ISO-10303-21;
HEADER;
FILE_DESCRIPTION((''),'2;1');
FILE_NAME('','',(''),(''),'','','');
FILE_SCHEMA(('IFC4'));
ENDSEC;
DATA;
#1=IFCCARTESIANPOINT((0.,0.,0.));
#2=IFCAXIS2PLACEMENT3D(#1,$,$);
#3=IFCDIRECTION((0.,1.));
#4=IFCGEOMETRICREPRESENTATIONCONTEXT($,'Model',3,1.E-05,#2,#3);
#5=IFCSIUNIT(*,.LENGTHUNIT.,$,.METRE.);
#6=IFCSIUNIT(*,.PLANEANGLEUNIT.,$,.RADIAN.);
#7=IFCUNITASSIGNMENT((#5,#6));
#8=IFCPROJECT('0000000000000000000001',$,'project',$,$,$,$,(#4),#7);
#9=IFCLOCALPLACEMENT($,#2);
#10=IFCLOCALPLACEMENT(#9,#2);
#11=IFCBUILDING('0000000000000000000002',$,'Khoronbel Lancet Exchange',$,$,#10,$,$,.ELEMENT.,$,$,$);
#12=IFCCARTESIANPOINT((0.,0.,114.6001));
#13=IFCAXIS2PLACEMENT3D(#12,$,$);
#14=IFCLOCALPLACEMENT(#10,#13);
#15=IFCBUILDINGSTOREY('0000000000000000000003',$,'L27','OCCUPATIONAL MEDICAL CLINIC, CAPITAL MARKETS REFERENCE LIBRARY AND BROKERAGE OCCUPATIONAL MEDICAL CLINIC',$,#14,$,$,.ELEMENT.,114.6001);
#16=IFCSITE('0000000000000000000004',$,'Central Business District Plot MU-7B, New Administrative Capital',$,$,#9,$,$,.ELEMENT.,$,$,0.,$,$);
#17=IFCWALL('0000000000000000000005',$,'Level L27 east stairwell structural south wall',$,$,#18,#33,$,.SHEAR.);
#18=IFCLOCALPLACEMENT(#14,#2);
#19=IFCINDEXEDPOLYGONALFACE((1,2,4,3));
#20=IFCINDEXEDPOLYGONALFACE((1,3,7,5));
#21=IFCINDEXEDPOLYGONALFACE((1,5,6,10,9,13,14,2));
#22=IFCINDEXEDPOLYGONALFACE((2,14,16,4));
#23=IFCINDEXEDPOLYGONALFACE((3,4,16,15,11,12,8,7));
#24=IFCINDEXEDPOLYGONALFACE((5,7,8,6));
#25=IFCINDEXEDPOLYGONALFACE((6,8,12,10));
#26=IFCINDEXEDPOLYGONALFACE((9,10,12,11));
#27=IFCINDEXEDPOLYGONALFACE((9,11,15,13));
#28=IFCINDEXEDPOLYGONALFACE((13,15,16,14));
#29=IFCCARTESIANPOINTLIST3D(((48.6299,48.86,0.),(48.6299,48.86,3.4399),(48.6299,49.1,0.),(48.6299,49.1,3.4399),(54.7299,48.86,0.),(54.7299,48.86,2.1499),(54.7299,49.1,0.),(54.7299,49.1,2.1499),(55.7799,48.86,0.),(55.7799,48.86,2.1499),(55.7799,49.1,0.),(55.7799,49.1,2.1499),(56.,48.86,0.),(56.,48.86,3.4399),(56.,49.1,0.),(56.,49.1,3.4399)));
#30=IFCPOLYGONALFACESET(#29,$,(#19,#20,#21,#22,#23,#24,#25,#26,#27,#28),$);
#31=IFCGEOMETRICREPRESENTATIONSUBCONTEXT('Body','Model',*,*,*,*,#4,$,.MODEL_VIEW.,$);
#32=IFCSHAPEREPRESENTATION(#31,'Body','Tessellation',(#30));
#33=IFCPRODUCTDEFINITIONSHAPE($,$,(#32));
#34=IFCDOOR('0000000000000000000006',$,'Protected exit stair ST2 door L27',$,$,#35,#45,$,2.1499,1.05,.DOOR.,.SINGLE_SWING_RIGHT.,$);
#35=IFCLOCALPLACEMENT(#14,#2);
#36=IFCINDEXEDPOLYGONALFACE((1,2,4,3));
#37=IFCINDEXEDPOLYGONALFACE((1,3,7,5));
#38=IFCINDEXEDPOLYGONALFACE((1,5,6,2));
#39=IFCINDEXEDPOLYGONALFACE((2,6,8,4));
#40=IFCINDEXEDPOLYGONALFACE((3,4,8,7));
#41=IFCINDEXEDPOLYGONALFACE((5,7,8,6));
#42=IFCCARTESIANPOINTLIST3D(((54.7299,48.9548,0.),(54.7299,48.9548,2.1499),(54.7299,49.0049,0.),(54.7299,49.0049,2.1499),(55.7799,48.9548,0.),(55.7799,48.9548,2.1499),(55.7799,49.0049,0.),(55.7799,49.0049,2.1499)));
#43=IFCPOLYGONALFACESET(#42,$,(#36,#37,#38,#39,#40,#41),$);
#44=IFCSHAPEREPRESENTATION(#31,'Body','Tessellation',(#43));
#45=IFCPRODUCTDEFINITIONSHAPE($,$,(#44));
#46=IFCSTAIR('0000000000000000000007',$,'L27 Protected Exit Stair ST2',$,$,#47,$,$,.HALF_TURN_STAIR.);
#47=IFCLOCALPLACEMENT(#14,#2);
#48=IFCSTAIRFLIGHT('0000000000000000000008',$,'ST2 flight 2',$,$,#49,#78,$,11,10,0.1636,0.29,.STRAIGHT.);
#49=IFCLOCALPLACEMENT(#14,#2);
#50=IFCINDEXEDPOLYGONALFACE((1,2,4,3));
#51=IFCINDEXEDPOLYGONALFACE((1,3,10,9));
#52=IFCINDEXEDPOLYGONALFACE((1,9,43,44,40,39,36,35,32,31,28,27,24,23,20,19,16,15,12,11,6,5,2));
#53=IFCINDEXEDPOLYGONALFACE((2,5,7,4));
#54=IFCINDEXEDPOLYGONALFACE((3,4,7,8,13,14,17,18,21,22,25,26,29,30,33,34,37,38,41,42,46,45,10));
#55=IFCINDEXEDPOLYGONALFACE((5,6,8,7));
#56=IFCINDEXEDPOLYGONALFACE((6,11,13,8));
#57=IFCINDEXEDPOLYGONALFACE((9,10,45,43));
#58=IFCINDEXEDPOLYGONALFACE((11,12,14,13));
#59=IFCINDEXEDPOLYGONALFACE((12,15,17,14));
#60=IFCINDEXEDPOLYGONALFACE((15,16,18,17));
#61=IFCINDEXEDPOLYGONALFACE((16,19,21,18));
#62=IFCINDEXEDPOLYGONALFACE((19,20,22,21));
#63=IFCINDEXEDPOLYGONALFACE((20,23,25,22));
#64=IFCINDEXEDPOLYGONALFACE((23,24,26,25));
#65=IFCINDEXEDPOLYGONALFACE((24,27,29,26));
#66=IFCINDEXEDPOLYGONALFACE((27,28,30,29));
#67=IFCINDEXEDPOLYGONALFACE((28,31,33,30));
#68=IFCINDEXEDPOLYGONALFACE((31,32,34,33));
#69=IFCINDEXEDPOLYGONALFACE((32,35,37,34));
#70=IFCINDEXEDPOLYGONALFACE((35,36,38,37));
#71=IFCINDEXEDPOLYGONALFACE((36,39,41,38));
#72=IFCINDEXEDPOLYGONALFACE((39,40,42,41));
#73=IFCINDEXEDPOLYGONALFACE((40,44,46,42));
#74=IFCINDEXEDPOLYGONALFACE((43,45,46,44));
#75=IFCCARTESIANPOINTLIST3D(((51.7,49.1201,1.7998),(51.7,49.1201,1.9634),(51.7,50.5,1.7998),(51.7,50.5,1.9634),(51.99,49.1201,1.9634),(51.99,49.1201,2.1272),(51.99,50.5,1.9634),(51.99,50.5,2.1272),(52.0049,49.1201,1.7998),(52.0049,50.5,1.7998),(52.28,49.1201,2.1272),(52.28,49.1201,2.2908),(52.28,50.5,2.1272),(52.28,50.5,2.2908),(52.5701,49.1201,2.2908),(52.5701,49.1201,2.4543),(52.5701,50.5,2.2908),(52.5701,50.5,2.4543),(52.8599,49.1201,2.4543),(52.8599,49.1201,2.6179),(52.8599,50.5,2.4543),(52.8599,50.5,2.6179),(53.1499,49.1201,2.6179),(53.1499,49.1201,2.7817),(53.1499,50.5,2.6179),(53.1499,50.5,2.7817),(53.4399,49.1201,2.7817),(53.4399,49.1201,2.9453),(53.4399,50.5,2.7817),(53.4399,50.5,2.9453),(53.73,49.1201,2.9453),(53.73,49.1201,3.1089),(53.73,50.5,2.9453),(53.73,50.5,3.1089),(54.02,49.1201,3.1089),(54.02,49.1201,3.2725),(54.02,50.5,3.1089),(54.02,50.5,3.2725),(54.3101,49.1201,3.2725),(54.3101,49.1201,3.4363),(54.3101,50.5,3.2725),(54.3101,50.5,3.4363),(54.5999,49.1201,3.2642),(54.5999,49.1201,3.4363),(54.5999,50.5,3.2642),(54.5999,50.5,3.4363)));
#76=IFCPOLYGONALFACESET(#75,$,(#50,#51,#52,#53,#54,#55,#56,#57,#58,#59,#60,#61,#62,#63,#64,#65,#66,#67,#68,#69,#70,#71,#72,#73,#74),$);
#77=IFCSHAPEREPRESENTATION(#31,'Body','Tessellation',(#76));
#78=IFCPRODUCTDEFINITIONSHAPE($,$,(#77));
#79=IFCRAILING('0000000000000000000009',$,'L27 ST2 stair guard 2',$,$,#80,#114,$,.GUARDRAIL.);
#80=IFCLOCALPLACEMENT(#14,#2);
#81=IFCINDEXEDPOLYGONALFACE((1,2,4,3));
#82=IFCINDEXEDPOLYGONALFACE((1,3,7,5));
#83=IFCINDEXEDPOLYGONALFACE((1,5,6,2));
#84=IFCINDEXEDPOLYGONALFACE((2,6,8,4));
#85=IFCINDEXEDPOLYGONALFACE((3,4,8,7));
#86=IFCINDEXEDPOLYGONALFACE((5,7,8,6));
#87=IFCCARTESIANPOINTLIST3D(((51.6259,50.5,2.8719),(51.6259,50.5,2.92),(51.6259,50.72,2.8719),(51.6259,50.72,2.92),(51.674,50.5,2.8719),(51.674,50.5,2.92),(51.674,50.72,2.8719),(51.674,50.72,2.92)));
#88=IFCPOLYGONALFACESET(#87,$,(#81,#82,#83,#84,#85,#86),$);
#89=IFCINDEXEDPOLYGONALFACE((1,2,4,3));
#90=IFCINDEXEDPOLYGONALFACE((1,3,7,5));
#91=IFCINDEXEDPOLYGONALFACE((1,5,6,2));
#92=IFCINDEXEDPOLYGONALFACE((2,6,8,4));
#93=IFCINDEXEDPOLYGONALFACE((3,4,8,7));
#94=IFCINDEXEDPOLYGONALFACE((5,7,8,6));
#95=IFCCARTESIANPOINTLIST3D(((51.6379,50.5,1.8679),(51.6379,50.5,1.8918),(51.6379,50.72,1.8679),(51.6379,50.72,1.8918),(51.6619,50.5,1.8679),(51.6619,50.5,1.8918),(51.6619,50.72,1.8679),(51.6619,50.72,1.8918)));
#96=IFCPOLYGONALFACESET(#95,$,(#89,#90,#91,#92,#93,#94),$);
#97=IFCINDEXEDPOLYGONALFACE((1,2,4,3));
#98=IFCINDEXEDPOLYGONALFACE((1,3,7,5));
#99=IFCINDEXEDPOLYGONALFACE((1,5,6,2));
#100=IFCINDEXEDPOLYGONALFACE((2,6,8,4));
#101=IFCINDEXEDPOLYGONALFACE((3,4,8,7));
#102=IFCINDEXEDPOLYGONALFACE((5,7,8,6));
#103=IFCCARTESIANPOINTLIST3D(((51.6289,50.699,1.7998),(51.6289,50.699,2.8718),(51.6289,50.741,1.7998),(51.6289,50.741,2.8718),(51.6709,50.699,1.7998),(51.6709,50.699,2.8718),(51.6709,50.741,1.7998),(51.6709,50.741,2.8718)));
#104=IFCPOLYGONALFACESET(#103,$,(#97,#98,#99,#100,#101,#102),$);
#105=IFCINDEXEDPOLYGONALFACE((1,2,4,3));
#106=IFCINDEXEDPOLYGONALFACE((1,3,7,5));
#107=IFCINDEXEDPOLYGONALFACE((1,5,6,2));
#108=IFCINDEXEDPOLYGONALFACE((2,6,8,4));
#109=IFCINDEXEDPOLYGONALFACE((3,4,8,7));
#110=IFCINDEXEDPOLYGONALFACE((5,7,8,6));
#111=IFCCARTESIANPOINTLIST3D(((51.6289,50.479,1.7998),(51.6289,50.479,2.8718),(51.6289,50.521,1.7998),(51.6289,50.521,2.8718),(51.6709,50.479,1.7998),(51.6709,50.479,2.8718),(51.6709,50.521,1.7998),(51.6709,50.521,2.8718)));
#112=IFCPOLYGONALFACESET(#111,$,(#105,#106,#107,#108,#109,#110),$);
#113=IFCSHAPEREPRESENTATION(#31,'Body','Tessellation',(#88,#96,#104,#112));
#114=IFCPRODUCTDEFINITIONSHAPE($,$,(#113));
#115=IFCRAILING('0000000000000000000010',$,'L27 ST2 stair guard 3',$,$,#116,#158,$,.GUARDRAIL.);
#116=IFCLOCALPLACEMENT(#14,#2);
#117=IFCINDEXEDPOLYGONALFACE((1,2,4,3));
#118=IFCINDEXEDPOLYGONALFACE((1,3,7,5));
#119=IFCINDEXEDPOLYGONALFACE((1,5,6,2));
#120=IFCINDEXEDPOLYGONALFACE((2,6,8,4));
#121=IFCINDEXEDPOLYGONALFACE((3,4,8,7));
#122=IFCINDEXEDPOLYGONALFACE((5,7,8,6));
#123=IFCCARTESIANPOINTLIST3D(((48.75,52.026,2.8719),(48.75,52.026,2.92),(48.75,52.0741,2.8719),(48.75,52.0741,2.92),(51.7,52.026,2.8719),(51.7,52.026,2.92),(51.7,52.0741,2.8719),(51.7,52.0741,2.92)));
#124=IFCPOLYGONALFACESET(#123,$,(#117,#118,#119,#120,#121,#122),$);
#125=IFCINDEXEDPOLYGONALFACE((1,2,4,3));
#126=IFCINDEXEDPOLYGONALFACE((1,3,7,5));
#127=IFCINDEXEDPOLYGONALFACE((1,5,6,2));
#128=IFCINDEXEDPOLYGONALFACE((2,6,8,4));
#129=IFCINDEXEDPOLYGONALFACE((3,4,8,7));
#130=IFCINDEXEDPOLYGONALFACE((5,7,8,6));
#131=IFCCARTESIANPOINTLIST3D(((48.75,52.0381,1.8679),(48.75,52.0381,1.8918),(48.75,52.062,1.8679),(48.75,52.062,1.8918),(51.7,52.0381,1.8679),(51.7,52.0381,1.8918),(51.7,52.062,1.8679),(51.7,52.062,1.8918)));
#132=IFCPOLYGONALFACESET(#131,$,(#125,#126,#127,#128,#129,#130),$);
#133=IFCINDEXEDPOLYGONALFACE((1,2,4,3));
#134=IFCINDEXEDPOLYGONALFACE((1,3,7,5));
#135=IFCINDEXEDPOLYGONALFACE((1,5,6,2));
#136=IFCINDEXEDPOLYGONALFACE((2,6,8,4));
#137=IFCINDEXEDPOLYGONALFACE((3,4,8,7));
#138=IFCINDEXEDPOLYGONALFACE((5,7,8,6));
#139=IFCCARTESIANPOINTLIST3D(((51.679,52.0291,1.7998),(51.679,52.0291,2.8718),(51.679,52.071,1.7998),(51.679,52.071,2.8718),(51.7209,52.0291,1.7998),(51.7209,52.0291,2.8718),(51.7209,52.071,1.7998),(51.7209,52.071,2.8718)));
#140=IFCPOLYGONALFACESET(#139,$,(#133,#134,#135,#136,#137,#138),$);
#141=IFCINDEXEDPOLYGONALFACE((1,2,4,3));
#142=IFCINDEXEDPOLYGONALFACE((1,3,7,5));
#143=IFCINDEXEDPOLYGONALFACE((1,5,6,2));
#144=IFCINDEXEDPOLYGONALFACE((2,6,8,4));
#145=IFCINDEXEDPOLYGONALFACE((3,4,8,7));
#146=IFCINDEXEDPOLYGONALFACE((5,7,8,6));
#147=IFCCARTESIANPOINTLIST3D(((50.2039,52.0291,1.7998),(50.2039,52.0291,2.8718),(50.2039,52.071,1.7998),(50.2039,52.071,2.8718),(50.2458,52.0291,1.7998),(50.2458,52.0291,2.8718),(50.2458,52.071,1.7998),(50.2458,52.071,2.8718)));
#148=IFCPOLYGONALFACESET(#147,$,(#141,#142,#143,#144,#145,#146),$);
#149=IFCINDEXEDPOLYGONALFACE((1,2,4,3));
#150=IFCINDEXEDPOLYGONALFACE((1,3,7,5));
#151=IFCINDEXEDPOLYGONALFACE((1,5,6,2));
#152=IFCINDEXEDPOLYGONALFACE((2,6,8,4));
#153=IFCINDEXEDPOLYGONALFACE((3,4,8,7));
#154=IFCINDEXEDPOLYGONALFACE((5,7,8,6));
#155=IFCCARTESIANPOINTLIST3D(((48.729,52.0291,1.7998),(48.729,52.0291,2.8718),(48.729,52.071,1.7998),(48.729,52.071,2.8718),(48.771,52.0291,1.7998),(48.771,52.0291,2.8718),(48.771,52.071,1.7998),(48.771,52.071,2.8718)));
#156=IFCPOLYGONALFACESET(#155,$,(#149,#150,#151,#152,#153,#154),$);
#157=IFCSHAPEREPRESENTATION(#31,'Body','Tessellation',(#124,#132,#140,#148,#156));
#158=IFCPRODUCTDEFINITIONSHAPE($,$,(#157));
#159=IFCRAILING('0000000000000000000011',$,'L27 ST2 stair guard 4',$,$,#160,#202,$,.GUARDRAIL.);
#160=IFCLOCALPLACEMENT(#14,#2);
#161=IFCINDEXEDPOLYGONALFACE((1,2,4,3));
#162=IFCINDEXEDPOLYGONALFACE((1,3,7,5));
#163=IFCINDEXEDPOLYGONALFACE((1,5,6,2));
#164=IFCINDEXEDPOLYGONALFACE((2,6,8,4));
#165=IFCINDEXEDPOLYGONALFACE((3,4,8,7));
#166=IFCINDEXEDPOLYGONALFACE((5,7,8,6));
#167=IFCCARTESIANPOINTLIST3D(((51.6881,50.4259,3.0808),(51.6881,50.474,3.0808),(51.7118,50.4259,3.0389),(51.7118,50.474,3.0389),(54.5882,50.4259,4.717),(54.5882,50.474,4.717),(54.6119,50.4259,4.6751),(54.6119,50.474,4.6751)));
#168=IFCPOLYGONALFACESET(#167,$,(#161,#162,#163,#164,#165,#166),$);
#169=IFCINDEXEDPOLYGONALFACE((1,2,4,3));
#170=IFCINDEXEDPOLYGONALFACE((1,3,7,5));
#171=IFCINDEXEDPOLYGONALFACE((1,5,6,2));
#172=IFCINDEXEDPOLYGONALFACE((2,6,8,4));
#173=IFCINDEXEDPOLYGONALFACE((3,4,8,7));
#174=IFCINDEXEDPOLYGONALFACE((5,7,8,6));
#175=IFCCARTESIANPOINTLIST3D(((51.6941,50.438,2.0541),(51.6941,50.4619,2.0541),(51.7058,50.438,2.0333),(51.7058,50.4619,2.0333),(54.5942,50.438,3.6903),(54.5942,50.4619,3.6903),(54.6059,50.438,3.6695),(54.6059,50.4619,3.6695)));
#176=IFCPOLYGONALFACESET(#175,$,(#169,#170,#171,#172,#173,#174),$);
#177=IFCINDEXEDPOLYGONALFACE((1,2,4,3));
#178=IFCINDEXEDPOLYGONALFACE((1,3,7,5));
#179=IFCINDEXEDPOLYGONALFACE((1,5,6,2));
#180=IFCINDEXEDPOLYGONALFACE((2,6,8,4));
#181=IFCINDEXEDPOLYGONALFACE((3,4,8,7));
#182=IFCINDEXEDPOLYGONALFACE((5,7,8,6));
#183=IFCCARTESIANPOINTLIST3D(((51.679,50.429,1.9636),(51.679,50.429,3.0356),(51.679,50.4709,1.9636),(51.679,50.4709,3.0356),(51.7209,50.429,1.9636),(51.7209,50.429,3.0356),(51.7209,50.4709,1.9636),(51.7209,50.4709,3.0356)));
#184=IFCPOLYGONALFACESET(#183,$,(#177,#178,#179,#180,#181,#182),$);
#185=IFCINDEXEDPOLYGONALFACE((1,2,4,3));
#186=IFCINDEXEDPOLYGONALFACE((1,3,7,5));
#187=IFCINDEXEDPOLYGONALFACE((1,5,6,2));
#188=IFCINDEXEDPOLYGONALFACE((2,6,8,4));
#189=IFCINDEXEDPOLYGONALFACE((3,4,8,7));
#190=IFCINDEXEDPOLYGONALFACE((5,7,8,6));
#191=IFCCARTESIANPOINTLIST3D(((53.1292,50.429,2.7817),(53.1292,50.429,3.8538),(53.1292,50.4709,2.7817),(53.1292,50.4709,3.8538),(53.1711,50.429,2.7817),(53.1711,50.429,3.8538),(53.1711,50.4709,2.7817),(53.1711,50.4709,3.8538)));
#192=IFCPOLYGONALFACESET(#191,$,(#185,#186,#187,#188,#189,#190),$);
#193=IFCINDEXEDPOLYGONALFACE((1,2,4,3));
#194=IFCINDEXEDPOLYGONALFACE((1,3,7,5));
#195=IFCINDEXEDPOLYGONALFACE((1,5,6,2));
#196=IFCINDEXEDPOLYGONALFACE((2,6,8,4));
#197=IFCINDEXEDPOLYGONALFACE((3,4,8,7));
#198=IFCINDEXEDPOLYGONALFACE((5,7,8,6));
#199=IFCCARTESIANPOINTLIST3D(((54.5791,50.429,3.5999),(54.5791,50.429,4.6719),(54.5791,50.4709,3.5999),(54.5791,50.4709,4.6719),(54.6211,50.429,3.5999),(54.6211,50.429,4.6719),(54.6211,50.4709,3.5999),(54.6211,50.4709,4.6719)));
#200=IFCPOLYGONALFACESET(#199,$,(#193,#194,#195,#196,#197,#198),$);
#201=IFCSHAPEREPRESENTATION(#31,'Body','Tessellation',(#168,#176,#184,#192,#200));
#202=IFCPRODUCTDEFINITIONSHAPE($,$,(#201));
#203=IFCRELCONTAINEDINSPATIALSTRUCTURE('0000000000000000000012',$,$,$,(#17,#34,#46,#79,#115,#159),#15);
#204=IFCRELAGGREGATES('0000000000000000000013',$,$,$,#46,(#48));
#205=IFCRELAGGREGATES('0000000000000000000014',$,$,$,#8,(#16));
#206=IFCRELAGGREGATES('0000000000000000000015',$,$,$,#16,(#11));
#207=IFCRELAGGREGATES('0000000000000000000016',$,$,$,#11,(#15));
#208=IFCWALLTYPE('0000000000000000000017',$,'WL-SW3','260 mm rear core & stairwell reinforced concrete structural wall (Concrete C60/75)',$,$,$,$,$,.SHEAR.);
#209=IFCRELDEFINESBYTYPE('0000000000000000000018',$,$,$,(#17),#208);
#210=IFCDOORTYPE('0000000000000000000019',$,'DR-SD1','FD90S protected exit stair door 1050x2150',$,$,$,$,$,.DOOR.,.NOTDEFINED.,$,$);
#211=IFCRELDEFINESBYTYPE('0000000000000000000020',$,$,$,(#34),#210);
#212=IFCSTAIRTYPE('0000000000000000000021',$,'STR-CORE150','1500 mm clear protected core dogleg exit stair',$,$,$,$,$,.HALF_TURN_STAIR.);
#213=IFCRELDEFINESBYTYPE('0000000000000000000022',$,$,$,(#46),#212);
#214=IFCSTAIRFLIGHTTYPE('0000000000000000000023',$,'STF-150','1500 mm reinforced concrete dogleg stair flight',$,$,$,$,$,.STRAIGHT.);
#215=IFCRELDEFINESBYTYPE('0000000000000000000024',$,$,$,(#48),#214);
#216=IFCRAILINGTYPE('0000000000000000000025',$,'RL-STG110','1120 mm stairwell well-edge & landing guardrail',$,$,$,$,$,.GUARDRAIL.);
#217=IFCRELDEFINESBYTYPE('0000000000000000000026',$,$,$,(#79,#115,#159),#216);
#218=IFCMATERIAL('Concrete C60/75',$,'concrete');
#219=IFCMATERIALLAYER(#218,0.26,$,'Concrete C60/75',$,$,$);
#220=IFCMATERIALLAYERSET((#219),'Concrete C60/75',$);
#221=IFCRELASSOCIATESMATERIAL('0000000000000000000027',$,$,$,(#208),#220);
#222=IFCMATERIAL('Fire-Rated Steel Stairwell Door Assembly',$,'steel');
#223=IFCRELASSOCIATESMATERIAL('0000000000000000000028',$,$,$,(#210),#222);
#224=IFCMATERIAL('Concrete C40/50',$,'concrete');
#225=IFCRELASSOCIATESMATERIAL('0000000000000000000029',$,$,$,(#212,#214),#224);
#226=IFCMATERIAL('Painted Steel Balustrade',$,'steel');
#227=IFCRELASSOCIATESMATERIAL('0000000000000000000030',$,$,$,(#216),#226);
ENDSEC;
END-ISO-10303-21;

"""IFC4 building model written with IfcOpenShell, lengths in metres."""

from ifc_helpers import new_model, si_unit, direction, frame, frame_2d, origin, origin_2d, place, context, subcontext, project, spatial, polyline, rectangle, outline, extrude, material, layer, layer_set, type_object, element, fill, aggregate, save


model = new_model("IFC4")

# Units and contexts
model_context = context("Model", 3, precision=1e-05, world=origin(), true_north=direction((0.0, 1.0)))
body_context = subcontext(model_context, "Body", "Model", "MODEL_VIEW")
ifc_project = project(units=[si_unit("LENGTHUNIT", "METRE"), si_unit("PLANEANGLEUNIT", "RADIAN")], contexts=[model_context])

# Site, building, storey
site_placement = place(None, origin())
site = spatial("IfcSite", under=ifc_project, at=site_placement, Name="Central Business District Plot MU-7B, New Administrative Capital", CompositionType="ELEMENT", RefElevation=0.0)
building_placement = place(site_placement, origin())
building = spatial("IfcBuilding", under=site, at=building_placement, Name="Khoronbel Lancet Exchange", CompositionType="ELEMENT")
storey_placement = place(building_placement, frame((0.0, 0.0, 114.6001)))
storey = spatial("IfcBuildingStorey", under=building, at=storey_placement, Name="L27", Description="OCCUPATIONAL MEDICAL CLINIC, CAPITAL MARKETS REFERENCE LIBRARY AND BROKERAGE OCCUPATIONAL MEDICAL CLINIC", CompositionType="ELEMENT", Elevation=114.6001)

# Wall, opening, door
ifc_material_1 = material(Name="Concrete C60/75", Category="concrete")
ifc_layer_1 = layer(ifc_material_1, 0.26, Name="Concrete C60/75")
ifc_layer_set_1 = layer_set([ifc_layer_1], Name="Concrete C60/75")
wall_type_1 = type_object("IfcWallType", Name="WL-SW3", Description="260 mm rear core & stairwell reinforced concrete structural wall (Concrete C60/75)", PredefinedType="SHEAR", material=ifc_layer_set_1)
wall_1_placement = place(storey_placement, frame((48.6299, 48.98, 0.0), z_axis=(0.0, 0.0, 1.0), x_axis=(1.0, 0.0, 0.0)))
wall_1 = element("IfcWall", 1, at=wall_1_placement, inside=storey, type_object=wall_type_1, Name="Level L27 east stairwell structural south wall", PredefinedType="SHEAR", context=body_context, shape_type="SweptSolid", body=[
    extrude(rectangle(XDim=7.3701, YDim=0.24, at=frame_2d((3.6851, 0.0))), origin(), (0.0, 0.0, 1.0), 3.4399),
])
opening_1_placement = place(wall_1_placement, frame((6.1001, 0.0, 0.0)))
opening_1 = element("IfcOpeningElement", 2, at=opening_1_placement, cuts=wall_1, PredefinedType="OPENING", context=body_context, shape_type="SweptSolid", body=[
    extrude(rectangle(XDim=1.05, YDim=2.1499, at=frame_2d((0.5249, 1.075))), frame((0.0, 0.1299, 0.0), z_axis=(0.0, -1.0, 0.0), x_axis=(1.0, 0.0, 0.0)), (0.0, 0.0, 1.0), 0.26),
])
ifc_material_2 = material(Name="Fire-Rated Steel Stairwell Door Assembly", Category="steel")
door_type_1 = type_object("IfcDoorType", Name="DR-SD1", Description="FD90S protected exit stair door 1050x2150", OperationType="NOTDEFINED", PredefinedType="DOOR", material=ifc_material_2)
door_1_placement = place(opening_1_placement, origin())
door_1 = element("IfcDoor", 3, at=door_1_placement, inside=storey, type_object=door_type_1, Name="Protected exit stair ST2 door L27", OperationType="SINGLE_SWING_RIGHT", OverallHeight=2.1499, OverallWidth=1.05, PredefinedType="DOOR", context=body_context, shape_type="SweptSolid", body=[
    extrude(rectangle(XDim=1.05, YDim=2.1499, at=frame_2d((0.5249, 1.075))), frame((0.0, 0.0249, 0.0), z_axis=(0.0, -1.0, 0.0), x_axis=(1.0, 0.0, 0.0)), (0.0, 0.0, 1.0), 0.05),
])
fill(opening_1, door_1)

# Stair, stair flight
ifc_material_3 = material(Name="Concrete C40/50", Category="concrete")
stair_type = type_object("IfcStairType", Name="STR-CORE150", Description="1500 mm clear protected core dogleg exit stair", PredefinedType="HALF_TURN_STAIR", material=ifc_material_3)
stair_placement = place(storey_placement, origin())
stair = element("IfcStair", 4, at=stair_placement, inside=storey, type_object=stair_type, Name="L27 Protected Exit Stair ST2", PredefinedType="HALF_TURN_STAIR")
stair_flight_type = type_object("IfcStairFlightType", Name="STF-150", Description="1500 mm reinforced concrete dogleg stair flight", PredefinedType="STRAIGHT", material=ifc_material_3)
stair_flight_placement = place(storey_placement, frame((51.7, 49.8101, 1.7998), z_axis=(0.0, 0.0, 1.0), x_axis=(1.0, 0.0, 0.0)))
stair_flight = element("IfcStairFlight", 5, at=stair_flight_placement, type_object=stair_flight_type, Name="ST2 flight 2", NumberOfRisers=11, NumberOfTreads=10, PredefinedType="STRAIGHT", RiserHeight=0.1636, TreadLength=0.29, context=body_context, shape_type="SweptSolid", body=[
    extrude(outline(polyline([(0.0, 0.0), (0.0, 0.1636), (0.29, 0.1636), (0.29, 0.3274), (0.5801, 0.3274), (0.5801, 0.491), (0.8701, 0.491), (0.8701, 0.6545), (1.1599, 0.6545), (1.1599, 0.8181), (1.45, 0.8181), (1.45, 0.9819), (1.74, 0.9819), (1.74, 1.1455), (2.03, 1.1455), (2.03, 1.3091), (2.3201, 1.3091), (2.3201, 1.4727), (2.6101, 1.4727), (2.6101, 1.6365), (2.8999, 1.6365), (2.8999, 1.8), (2.8999, 1.4644), (0.3049, 0.0), (0.0, 0.0)])), frame((0.0, 0.6899, 0.0), z_axis=(0.0, -1.0, 0.0), x_axis=(1.0, 0.0, 0.0)), (0.0, 0.0, 1.0), 1.3799),
])
aggregate(stair, [stair_flight])

# Railings
ifc_material_4 = material(Name="Painted Steel Balustrade", Category="steel")
railing_type_1 = type_object("IfcRailingType", Name="RL-STG110", Description="1120 mm stairwell well-edge & landing guardrail", PredefinedType="GUARDRAIL", material=ifc_material_4)
railing_1_placement = place(storey_placement, frame((51.6499, 50.72, 1.7998)))
element("IfcRailing", 6, at=railing_1_placement, inside=storey, type_object=railing_type_1, Name="L27 ST2 stair guard 2", PredefinedType="GUARDRAIL", context=body_context, shape_type="SweptSolid", body=[
    extrude(rectangle(XDim=0.0481, YDim=0.0481, at=origin_2d()), frame((0.0, 0.0, 1.0962), z_axis=(0.0, -1.0, 0.0), x_axis=(1.0, 0.0, 0.0)), (0.0, 0.0, 1.0), 0.22),
    extrude(rectangle(XDim=0.0239, YDim=0.0239, at=origin_2d()), frame((0.0, 0.0, 0.0801), z_axis=(0.0, -1.0, 0.0), x_axis=(1.0, 0.0, 0.0)), (0.0, 0.0, 1.0), 0.22),
    extrude(rectangle(XDim=0.042, YDim=0.042, at=origin_2d()), origin(), (0.0, 0.0, 1.0), 1.072),
    extrude(rectangle(XDim=0.042, YDim=0.042, at=origin_2d()), frame((0.0, -0.22, 0.0)), (0.0, 0.0, 1.0), 1.072),
])
railing_2_placement = place(storey_placement, frame((51.7, 52.05, 1.7998)))
element("IfcRailing", 7, at=railing_2_placement, inside=storey, type_object=railing_type_1, Name="L27 ST2 stair guard 3", PredefinedType="GUARDRAIL", context=body_context, shape_type="SweptSolid", body=[
    extrude(rectangle(XDim=0.0481, YDim=0.0481, at=origin_2d()), frame((0.0, 0.0, 1.0962), z_axis=(-1.0, 0.0, 0.0), x_axis=(0.0, -1.0, 0.0)), (0.0, 0.0, 1.0), 2.95),
    extrude(rectangle(XDim=0.0239, YDim=0.0239, at=origin_2d()), frame((0.0, 0.0, 0.0801), z_axis=(-1.0, 0.0, 0.0), x_axis=(0.0, -1.0, 0.0)), (0.0, 0.0, 1.0), 2.95),
    extrude(rectangle(XDim=0.042, YDim=0.042, at=origin_2d()), origin(), (0.0, 0.0, 1.0), 1.072),
    extrude(rectangle(XDim=0.042, YDim=0.042, at=origin_2d()), frame((-1.4751, 0.0, 0.0)), (0.0, 0.0, 1.0), 1.072),
    extrude(rectangle(XDim=0.042, YDim=0.042, at=origin_2d()), frame((-2.95, 0.0, 0.0)), (0.0, 0.0, 1.0), 1.072),
])
railing_3_placement = place(storey_placement, frame((51.7, 50.45, 1.9636)))
element("IfcRailing", 8, at=railing_3_placement, inside=storey, type_object=railing_type_1, Name="L27 ST2 stair guard 4", PredefinedType="GUARDRAIL", context=body_context, shape_type="SweptSolid", body=[
    extrude(rectangle(XDim=0.0481, YDim=0.0481, at=origin_2d()), frame((0.0, 0.0, 1.0962), z_axis=(0.870946, 0.0, 0.491378), x_axis=(0.0, 1.0, 0.0)), (0.0, 0.0, 1.0), 3.3298),
    extrude(rectangle(XDim=0.0239, YDim=0.0239, at=origin_2d()), frame((0.0, 0.0, 0.0801), z_axis=(0.870946, 0.0, 0.491378), x_axis=(0.0, 1.0, 0.0)), (0.0, 0.0, 1.0), 3.3298),
    extrude(rectangle(XDim=0.042, YDim=0.042, at=origin_2d()), origin(), (0.0, 0.0, 1.0), 1.072),
    extrude(rectangle(XDim=0.042, YDim=0.042, at=origin_2d()), frame((1.4502, 0.0, 0.8181)), (0.0, 0.0, 1.0), 1.072),
    extrude(rectangle(XDim=0.042, YDim=0.042, at=origin_2d()), frame((2.9001, 0.0, 1.6362)), (0.0, 0.0, 1.0), 1.072),
])

save(model, "model.ifc")
